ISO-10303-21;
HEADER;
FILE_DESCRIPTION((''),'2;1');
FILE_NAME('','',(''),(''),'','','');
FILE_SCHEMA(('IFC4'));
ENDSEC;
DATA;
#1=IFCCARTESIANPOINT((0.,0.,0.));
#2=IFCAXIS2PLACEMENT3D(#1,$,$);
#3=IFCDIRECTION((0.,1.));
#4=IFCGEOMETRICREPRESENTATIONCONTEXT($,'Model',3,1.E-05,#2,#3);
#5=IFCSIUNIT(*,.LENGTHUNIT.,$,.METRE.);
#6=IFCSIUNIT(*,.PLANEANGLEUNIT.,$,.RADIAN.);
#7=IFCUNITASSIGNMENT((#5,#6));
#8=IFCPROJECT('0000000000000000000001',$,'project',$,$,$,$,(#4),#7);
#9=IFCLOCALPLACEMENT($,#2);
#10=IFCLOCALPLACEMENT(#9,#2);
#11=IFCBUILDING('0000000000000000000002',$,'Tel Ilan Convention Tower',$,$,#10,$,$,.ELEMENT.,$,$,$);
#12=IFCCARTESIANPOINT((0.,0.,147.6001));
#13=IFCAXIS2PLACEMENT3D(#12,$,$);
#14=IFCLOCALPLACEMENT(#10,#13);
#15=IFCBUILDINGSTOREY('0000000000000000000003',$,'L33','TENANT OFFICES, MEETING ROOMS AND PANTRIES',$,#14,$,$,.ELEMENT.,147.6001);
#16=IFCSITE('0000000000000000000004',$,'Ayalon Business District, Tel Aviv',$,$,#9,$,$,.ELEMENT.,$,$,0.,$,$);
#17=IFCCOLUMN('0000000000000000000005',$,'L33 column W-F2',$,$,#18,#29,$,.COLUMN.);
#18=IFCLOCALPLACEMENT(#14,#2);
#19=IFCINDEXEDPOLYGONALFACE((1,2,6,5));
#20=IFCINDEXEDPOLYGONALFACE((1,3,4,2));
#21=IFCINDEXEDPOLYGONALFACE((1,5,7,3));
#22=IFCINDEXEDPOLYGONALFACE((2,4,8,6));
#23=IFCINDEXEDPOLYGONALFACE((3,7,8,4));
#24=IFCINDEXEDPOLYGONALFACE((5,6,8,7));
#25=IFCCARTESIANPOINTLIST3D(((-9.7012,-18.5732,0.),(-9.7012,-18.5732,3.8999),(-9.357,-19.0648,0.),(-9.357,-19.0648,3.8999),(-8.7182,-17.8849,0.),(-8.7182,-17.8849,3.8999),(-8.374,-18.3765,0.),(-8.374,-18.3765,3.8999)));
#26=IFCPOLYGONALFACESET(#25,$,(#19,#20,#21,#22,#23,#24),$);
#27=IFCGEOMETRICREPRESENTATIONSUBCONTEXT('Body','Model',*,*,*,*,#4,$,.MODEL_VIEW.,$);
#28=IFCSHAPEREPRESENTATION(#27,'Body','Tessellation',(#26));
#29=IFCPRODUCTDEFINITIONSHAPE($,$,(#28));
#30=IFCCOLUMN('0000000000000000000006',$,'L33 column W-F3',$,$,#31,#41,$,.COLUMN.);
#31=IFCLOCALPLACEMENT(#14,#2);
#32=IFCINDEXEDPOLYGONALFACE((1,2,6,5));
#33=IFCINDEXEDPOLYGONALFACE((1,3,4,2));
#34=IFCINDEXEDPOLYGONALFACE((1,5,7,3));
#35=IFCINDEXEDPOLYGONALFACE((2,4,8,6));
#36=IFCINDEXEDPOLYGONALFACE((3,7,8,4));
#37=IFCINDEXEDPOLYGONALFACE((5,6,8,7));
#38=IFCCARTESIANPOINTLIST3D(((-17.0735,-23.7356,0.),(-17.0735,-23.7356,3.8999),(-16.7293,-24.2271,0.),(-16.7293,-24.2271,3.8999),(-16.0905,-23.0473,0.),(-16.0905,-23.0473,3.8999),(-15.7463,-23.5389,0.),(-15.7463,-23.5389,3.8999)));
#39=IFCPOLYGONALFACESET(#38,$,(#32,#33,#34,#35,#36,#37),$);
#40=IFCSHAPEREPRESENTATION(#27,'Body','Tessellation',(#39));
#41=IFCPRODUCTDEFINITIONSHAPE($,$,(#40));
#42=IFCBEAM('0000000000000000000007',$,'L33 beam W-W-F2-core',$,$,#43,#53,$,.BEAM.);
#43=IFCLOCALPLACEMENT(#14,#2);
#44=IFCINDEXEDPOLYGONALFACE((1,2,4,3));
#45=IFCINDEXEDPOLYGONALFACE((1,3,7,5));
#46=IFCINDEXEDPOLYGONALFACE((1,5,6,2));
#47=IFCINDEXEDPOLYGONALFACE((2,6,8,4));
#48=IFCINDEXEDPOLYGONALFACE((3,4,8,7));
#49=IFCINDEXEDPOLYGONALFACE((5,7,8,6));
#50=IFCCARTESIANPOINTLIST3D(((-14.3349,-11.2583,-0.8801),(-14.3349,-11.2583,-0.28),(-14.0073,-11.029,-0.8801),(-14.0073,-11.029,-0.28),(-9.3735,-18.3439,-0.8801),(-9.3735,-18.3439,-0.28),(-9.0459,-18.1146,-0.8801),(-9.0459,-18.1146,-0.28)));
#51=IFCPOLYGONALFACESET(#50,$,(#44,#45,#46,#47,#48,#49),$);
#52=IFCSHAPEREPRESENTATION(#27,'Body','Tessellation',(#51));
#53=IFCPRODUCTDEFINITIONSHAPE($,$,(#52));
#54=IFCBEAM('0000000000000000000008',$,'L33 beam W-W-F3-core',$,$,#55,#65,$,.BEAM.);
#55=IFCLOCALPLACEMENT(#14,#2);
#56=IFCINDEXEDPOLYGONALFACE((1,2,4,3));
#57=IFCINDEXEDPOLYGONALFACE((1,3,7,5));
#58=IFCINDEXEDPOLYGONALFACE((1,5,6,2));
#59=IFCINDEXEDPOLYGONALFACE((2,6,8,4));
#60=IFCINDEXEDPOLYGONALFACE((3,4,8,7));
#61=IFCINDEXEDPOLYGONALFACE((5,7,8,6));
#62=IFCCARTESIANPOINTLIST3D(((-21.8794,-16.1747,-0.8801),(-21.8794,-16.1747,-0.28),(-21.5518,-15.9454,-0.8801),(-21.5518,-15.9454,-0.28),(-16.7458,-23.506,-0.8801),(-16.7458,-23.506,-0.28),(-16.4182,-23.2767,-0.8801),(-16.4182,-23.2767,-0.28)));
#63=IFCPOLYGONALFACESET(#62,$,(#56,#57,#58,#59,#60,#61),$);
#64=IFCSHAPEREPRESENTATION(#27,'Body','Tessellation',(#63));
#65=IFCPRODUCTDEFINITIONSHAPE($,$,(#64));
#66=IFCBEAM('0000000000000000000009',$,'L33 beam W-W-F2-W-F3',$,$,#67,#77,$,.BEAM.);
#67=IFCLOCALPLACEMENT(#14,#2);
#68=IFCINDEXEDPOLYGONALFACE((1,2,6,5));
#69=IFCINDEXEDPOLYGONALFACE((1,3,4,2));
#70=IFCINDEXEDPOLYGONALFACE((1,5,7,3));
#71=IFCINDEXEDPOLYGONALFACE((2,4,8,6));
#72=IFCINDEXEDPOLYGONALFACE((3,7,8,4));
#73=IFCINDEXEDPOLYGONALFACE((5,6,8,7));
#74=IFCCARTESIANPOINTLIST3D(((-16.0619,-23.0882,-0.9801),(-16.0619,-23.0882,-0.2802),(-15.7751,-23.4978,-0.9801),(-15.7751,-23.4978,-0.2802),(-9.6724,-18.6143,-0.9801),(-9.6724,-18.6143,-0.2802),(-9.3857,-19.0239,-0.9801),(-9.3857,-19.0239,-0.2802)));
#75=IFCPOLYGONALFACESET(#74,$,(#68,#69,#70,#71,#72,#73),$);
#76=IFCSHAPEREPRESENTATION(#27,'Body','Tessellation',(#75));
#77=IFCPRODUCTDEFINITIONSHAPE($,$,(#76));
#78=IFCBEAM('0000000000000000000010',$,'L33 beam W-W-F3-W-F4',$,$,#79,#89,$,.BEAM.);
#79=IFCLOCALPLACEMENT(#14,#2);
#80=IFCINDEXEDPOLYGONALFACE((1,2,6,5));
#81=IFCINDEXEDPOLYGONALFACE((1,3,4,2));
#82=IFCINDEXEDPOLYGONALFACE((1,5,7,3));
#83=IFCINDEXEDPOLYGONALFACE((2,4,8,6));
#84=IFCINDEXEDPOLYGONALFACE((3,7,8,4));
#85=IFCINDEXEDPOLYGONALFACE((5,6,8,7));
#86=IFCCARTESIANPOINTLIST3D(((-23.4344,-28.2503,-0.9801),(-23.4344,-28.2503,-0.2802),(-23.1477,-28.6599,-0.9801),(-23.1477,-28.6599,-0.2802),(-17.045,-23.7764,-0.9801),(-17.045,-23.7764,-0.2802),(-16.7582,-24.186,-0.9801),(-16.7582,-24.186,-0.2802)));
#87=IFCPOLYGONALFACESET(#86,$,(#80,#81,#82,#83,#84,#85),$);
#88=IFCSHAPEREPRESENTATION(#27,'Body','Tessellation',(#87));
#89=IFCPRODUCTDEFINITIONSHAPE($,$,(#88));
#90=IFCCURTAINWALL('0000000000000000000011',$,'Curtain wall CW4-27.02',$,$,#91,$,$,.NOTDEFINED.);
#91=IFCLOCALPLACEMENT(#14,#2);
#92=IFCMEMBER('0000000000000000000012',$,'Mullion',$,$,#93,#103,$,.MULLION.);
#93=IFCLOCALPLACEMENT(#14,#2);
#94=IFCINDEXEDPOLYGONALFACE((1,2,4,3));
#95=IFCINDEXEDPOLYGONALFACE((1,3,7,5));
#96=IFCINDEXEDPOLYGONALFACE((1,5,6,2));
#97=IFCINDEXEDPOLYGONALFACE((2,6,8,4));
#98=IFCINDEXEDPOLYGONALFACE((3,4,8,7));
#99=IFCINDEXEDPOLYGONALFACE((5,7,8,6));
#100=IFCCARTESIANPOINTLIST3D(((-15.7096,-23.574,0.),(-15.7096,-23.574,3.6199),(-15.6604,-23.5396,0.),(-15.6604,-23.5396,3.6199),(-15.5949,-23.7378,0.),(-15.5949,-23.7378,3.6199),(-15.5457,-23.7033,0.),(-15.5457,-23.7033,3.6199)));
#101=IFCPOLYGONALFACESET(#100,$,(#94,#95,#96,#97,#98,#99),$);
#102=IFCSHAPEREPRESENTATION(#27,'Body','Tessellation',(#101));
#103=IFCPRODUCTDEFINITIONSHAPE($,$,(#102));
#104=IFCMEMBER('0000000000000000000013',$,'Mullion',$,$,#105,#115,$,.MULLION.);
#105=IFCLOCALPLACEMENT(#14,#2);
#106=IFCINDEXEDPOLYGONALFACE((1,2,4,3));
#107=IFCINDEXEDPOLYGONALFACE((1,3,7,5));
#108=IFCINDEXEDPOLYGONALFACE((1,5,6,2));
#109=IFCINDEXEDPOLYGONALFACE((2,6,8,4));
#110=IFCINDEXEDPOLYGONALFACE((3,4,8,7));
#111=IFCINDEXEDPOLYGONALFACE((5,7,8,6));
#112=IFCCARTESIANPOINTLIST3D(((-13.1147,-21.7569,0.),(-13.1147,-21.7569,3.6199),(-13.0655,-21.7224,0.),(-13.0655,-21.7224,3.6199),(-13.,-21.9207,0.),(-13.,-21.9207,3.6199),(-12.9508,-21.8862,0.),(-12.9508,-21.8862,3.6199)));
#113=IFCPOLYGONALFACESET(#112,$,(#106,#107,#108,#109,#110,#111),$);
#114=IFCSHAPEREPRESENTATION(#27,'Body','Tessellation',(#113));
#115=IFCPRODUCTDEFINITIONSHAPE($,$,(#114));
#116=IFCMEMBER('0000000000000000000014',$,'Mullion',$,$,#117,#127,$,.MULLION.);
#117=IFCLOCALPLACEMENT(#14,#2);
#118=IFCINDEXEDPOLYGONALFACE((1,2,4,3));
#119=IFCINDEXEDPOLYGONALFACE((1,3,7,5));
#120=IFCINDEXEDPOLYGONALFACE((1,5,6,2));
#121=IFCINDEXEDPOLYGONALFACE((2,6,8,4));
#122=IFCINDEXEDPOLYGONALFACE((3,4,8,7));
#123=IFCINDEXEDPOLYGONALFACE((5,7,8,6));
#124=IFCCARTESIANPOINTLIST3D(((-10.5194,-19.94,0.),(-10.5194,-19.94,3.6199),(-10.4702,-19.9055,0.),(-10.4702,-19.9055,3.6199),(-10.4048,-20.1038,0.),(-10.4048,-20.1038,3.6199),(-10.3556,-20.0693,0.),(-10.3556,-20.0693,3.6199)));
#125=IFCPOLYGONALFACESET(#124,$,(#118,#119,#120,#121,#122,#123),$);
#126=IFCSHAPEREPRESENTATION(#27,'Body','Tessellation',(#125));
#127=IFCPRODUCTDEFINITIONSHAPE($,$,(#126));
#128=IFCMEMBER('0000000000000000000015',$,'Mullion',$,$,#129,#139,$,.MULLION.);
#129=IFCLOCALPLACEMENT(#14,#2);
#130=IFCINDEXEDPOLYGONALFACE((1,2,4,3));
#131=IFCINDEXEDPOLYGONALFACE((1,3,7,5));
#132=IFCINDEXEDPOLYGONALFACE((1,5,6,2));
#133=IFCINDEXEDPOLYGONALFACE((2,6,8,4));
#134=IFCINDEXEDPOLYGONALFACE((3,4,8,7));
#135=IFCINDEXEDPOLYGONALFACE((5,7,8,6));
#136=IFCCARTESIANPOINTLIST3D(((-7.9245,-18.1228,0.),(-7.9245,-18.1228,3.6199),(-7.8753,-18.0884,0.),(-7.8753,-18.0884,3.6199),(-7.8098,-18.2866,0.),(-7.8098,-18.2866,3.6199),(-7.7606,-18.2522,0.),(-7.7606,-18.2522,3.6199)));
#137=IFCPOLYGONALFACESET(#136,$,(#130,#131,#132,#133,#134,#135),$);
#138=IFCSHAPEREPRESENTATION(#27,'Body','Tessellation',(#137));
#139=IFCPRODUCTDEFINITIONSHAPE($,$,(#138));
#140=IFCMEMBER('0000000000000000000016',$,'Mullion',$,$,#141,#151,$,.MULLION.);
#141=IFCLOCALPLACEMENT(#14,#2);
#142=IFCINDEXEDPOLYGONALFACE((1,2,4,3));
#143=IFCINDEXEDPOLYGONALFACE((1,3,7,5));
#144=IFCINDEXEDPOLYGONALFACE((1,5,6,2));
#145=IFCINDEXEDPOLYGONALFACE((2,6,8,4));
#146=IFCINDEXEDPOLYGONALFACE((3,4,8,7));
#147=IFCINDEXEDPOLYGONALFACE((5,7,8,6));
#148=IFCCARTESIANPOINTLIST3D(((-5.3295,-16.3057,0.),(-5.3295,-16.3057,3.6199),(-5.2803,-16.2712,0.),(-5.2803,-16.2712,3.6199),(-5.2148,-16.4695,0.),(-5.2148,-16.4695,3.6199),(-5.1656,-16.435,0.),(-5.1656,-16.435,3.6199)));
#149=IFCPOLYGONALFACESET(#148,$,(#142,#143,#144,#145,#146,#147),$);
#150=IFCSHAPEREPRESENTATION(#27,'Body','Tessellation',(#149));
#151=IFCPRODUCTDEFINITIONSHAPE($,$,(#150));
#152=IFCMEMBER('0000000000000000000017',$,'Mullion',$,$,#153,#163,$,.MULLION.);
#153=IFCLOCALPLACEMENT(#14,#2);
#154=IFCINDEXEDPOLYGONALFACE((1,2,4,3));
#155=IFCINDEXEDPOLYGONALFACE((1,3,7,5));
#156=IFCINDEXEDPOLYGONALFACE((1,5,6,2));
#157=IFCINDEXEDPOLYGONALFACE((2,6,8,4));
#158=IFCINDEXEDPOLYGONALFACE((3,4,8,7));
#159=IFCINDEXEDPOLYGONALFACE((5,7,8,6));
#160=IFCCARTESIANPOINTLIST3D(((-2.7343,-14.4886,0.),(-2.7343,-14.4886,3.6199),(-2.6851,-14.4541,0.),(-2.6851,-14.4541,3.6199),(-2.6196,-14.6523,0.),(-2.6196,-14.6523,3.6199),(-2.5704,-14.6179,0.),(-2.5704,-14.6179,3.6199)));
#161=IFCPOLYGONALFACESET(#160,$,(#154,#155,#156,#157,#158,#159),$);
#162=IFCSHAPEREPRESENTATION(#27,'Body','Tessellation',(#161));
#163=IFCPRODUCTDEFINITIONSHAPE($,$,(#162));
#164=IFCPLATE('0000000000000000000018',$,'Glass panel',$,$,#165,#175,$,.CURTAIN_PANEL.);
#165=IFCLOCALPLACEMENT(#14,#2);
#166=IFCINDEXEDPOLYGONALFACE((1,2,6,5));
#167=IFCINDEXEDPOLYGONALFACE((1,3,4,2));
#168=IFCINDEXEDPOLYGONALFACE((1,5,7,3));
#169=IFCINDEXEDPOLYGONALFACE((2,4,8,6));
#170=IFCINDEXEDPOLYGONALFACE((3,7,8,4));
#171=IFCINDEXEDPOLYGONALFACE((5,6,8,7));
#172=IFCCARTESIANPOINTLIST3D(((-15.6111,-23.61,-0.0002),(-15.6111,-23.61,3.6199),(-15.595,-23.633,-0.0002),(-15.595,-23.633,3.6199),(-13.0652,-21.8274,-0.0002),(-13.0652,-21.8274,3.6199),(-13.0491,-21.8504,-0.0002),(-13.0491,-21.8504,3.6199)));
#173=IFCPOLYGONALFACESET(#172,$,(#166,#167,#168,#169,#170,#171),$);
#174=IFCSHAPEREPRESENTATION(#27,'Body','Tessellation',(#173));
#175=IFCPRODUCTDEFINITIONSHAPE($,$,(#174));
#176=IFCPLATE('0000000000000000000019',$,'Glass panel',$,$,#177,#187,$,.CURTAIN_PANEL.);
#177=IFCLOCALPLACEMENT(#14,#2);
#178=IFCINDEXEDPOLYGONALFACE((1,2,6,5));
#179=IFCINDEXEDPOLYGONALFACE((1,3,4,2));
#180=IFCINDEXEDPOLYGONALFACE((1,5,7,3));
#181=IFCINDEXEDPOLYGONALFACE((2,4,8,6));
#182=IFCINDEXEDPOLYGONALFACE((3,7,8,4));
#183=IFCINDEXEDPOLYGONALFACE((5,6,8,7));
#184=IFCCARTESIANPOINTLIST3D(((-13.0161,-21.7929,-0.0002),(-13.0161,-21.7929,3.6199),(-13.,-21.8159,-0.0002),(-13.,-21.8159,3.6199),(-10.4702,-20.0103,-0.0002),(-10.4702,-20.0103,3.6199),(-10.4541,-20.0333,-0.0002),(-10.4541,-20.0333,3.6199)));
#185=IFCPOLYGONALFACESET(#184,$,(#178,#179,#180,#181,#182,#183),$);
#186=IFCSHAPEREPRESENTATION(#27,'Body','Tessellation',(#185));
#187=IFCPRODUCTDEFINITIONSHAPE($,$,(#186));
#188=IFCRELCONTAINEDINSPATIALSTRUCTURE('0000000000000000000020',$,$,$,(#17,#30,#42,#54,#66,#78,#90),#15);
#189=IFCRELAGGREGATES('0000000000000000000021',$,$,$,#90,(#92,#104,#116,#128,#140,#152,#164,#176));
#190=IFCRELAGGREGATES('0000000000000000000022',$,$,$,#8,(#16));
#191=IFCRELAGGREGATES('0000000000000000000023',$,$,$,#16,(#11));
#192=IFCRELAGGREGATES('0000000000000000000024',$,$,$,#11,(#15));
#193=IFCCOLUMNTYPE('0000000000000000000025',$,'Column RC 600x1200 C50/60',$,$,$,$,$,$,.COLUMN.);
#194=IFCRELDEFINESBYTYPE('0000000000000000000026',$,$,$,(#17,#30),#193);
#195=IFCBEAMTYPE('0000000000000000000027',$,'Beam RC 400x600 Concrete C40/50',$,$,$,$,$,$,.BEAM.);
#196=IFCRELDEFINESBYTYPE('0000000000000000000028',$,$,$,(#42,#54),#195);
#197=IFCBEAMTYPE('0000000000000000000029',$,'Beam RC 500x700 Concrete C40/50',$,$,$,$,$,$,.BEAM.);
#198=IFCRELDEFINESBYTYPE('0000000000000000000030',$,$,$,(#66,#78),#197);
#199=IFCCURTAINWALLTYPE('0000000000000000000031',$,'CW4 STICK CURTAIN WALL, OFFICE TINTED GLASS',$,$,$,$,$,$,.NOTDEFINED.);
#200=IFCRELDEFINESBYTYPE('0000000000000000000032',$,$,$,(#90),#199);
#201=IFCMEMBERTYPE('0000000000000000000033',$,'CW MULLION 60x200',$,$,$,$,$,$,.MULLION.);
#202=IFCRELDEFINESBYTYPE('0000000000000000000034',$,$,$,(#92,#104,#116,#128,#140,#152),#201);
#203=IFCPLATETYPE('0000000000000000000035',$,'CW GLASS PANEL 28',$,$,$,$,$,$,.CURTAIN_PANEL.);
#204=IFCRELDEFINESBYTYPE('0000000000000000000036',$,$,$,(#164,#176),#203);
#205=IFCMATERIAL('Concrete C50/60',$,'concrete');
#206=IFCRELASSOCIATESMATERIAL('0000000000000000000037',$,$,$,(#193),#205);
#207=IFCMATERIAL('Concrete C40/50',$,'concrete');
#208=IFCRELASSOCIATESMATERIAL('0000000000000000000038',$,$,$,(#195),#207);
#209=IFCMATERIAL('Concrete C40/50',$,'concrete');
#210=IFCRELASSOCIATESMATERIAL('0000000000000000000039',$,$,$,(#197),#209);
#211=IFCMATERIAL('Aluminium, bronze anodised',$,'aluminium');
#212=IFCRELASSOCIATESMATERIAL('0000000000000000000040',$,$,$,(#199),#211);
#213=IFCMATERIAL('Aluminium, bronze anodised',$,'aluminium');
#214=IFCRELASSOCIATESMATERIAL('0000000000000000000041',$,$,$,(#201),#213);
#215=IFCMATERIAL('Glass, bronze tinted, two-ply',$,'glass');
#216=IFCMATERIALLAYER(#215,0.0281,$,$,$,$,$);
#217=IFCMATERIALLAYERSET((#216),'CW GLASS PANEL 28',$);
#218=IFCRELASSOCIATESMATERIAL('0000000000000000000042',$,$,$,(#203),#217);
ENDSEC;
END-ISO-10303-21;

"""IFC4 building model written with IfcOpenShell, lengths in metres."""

from ifc_helpers import new_model, si_unit, direction, frame, origin, origin_2d, place, context, subcontext, project, spatial, rectangle, extrude, material, layer, layer_set, material_profile, profile_set, type_object, element, aggregate, save


model = new_model("IFC4")

# Units and contexts
model_context = context("Model", 3, precision=1e-05, world=origin(), true_north=direction((0.0, 1.0)))
body_context = subcontext(model_context, "Body", "Model", "MODEL_VIEW")
ifc_project = project(units=[si_unit("LENGTHUNIT", "METRE"), si_unit("PLANEANGLEUNIT", "RADIAN")], contexts=[model_context])

# Site, building, storey
site_placement = place(None, origin())
site = spatial("IfcSite", under=ifc_project, at=site_placement, Name="Ayalon Business District, Tel Aviv", CompositionType="ELEMENT", RefElevation=0.0)
building_placement = place(site_placement, origin())
building = spatial("IfcBuilding", under=site, at=building_placement, Name="Tel Ilan Convention Tower", CompositionType="ELEMENT")
storey_placement = place(building_placement, frame((0.0, 0.0, 147.6001)))
storey = spatial("IfcBuildingStorey", under=building, at=storey_placement, Name="L33", Description="TENANT OFFICES, MEETING ROOMS AND PANTRIES", CompositionType="ELEMENT", Elevation=147.6001)

# Columns
ifc_material_1 = material(Name="Concrete C50/60", Category="concrete")
ifc_material_profile_1 = material_profile(ifc_material_1, rectangle(XDim=1.2, YDim=0.6001, at=origin_2d()), Name="RC 600x1200")
ifc_profile_set_1 = profile_set([ifc_material_profile_1], Name="Concrete C50/60")
column_type = type_object("IfcColumnType", Name="Column RC 600x1200 C50/60", PredefinedType="COLUMN", material=ifc_profile_set_1)
for number, where, z_axis, x_axis, name in (
    (1, (-9.0376, -18.4749, 0.0), (0.0, 0.0, 1.0), (-0.819152, -0.573576, 0.0), "L33 column W-F2"),
    (2, (-16.4099, -23.6372, 0.0), (0.0, 0.0, 1.0), (-0.819152, -0.573576, 0.0), "L33 column W-F3"),
):
    element("IfcColumn", number, at=place(storey_placement, frame(where, z_axis=z_axis, x_axis=x_axis)), inside=storey, type_object=column_type, Name=name, PredefinedType="COLUMN", context=body_context, shape_type="SweptSolid", body=[
        extrude(rectangle(XDim=1.2, YDim=0.6001, at=origin_2d()), origin(), (0.0, 0.0, 1.0), 3.8999),
    ])

# Beams
ifc_material_2 = material(Name="Concrete C40/50", Category="concrete")
ifc_material_profile_2 = material_profile(ifc_material_2, rectangle(XDim=0.3999, YDim=0.6001, at=origin_2d()), Name="RC 400x600")
ifc_profile_set_2 = profile_set([ifc_material_profile_2], Name="Concrete C40/50")
beam_type_1 = type_object("IfcBeamType", Name="Beam RC 400x600 Concrete C40/50", PredefinedType="BEAM", material=ifc_profile_set_2)
beam_1_placement = place(storey_placement, frame((-9.2097, -18.2292, -0.5801), z_axis=(-0.573574, 0.819154, 0.0), x_axis=(-0.819154, -0.573574, 0.0)))
element("IfcBeam", 3, at=beam_1_placement, inside=storey, type_object=beam_type_1, Name="L33 beam W-W-F2-core", PredefinedType="BEAM", context=body_context, shape_type="SweptSolid", body=[
    extrude(rectangle(XDim=0.3999, YDim=0.6001, at=origin_2d()), origin(), (0.0, 0.0, 1.0), 8.6499),
])
beam_2_placement = place(storey_placement, frame((-16.582, -23.3914, -0.5801), z_axis=(-0.573585, 0.819146, 0.0), x_axis=(-0.819146, -0.573585, 0.0)))
element("IfcBeam", 4, at=beam_2_placement, inside=storey, type_object=beam_type_1, Name="L33 beam W-W-F3-core", PredefinedType="BEAM", context=body_context, shape_type="SweptSolid", body=[
    extrude(rectangle(XDim=0.3999, YDim=0.6001, at=origin_2d()), origin(), (0.0, 0.0, 1.0), 8.95),
])
ifc_material_3 = material(Name="Concrete C40/50", Category="concrete")
ifc_material_profile_3 = material_profile(ifc_material_3, rectangle(XDim=0.5, YDim=0.7, at=origin_2d()), Name="RC 500x700")
ifc_profile_set_3 = profile_set([ifc_material_profile_3], Name="Concrete C40/50")
beam_type_2 = type_object("IfcBeamType", Name="Beam RC 500x700 Concrete C40/50", PredefinedType="BEAM", material=ifc_profile_set_3)
for number, where, z_axis, x_axis, name in (
    (5, (-9.5291, -18.8191, -0.6301), (-0.819154, -0.573574, 0.0), (0.573574, -0.819154, 0.0), "L33 beam W-W-F2-W-F3"),
    (6, (-16.9016, -23.9812, -0.6301), (-0.819154, -0.573574, 0.0), (0.573574, -0.819154, 0.0), "L33 beam W-W-F3-W-F4"),
):
    element("IfcBeam", number, at=place(storey_placement, frame(where, z_axis=z_axis, x_axis=x_axis)), inside=storey, type_object=beam_type_2, Name=name, PredefinedType="BEAM", context=body_context, shape_type="SweptSolid", body=[
        extrude(rectangle(XDim=0.5, YDim=0.7, at=origin_2d()), origin(), (0.0, 0.0, 1.0), 7.8),
    ])

# Curtain wall, members, plates
ifc_material_4 = material(Name="Aluminium, bronze anodised", Category="aluminium")
curtain_wall_type = type_object("IfcCurtainWallType", Name="CW4 STICK CURTAIN WALL, OFFICE TINTED GLASS", PredefinedType="NOTDEFINED", material=ifc_material_4)
curtain_wall_placement = place(storey_placement, origin())
curtain_wall = element("IfcCurtainWall", 7, at=curtain_wall_placement, inside=storey, type_object=curtain_wall_type, Name="Curtain wall CW4-27.02", PredefinedType="NOTDEFINED")
ifc_material_5 = material(Name="Aluminium, bronze anodised", Category="aluminium")
ifc_material_profile_4 = material_profile(ifc_material_5, rectangle(XDim=0.0601, YDim=0.2, at=origin_2d()), Name="CW MULLION 60x200")
ifc_profile_set_4 = profile_set([ifc_material_profile_4], Name="Aluminium, bronze anodised")
member_type = type_object("IfcMemberType", Name="CW MULLION 60x200", PredefinedType="MULLION", material=ifc_profile_set_4)
member_1_placement = place(storey_placement, frame((-15.6277, -23.6387, 0.0), z_axis=(0.0, 0.0, 1.0), x_axis=(0.819152, 0.573576, 0.0)))
member_1 = element("IfcMember", 8, at=member_1_placement, type_object=member_type, Name="Mullion", PredefinedType="MULLION", context=body_context, shape_type="SweptSolid", body=[
    extrude(rectangle(XDim=0.0601, YDim=0.2, at=origin_2d()), origin(), (0.0, 0.0, 1.0), 3.6199),
])
member_2_placement = place(storey_placement, frame((-13.0327, -21.8215, 0.0), z_axis=(0.0, 0.0, 1.0), x_axis=(0.819152, 0.573576, 0.0)))
member_2 = element("IfcMember", 9, at=member_2_placement, type_object=member_type, Name="Mullion", PredefinedType="MULLION", context=body_context, shape_type="SweptSolid", body=[
    extrude(rectangle(XDim=0.0601, YDim=0.2, at=origin_2d()), origin(), (0.0, 0.0, 1.0), 3.6199),
])
member_3_placement = place(storey_placement, frame((-10.4375, -20.0046, 0.0), z_axis=(0.0, 0.0, 1.0), x_axis=(0.819152, 0.573576, 0.0)))
member_3 = element("IfcMember", 10, at=member_3_placement, type_object=member_type, Name="Mullion", PredefinedType="MULLION", context=body_context, shape_type="SweptSolid", body=[
    extrude(rectangle(XDim=0.0601, YDim=0.2, at=origin_2d()), origin(), (0.0, 0.0, 1.0), 3.6199),
])
member_4_placement = place(storey_placement, frame((-7.8425, -18.1875, 0.0), z_axis=(0.0, 0.0, 1.0), x_axis=(0.819152, 0.573576, 0.0)))
member_4 = element("IfcMember", 11, at=member_4_placement, type_object=member_type, Name="Mullion", PredefinedType="MULLION", context=body_context, shape_type="SweptSolid", body=[
    extrude(rectangle(XDim=0.0601, YDim=0.2, at=origin_2d()), origin(), (0.0, 0.0, 1.0), 3.6199),
])
member_5_placement = place(storey_placement, frame((-5.2476, -16.3704, 0.0), z_axis=(0.0, 0.0, 1.0), x_axis=(0.819152, 0.573576, 0.0)))
member_5 = element("IfcMember", 12, at=member_5_placement, type_object=member_type, Name="Mullion", PredefinedType="MULLION", context=body_context, shape_type="SweptSolid", body=[
    extrude(rectangle(XDim=0.0601, YDim=0.2, at=origin_2d()), origin(), (0.0, 0.0, 1.0), 3.6199),
])
member_6_placement = place(storey_placement, frame((-2.6523, -14.5532, 0.0), z_axis=(0.0, 0.0, 1.0), x_axis=(0.819152, 0.573576, 0.0)))
member_6 = element("IfcMember", 13, at=member_6_placement, type_object=member_type, Name="Mullion", PredefinedType="MULLION", context=body_context, shape_type="SweptSolid", body=[
    extrude(rectangle(XDim=0.0601, YDim=0.2, at=origin_2d()), origin(), (0.0, 0.0, 1.0), 3.6199),
])
ifc_material_6 = material(Name="Glass, bronze tinted, two-ply", Category="glass")
ifc_layer_1 = layer(ifc_material_6, 0.0281)
ifc_layer_set_1 = layer_set([ifc_layer_1], Name="CW GLASS PANEL 28")
plate_type = type_object("IfcPlateType", Name="CW GLASS PANEL 28", PredefinedType="CURTAIN_PANEL", material=ifc_layer_set_1)
plate_1_placement = place(storey_placement, frame((-14.3301, -22.7302, -0.0002), z_axis=(0.0, 0.0, 1.0), x_axis=(0.819152, 0.573576, 0.0)))
plate_1 = element("IfcPlate", 14, at=plate_1_placement, type_object=plate_type, Name="Glass panel", PredefinedType="CURTAIN_PANEL", context=body_context, shape_type="SweptSolid", body=[
    extrude(rectangle(XDim=3.1079, YDim=0.0281, at=origin_2d()), origin(), (0.0, 0.0, 1.0), 3.6201),
])
plate_2_placement = place(storey_placement, frame((-11.7351, -20.9131, -0.0002), z_axis=(0.0, 0.0, 1.0), x_axis=(0.819152, 0.573576, 0.0)))
plate_2 = element("IfcPlate", 15, at=plate_2_placement, type_object=plate_type, Name="Glass panel", PredefinedType="CURTAIN_PANEL", context=body_context, shape_type="SweptSolid", body=[
    extrude(rectangle(XDim=3.1079, YDim=0.0281, at=origin_2d()), origin(), (0.0, 0.0, 1.0), 3.6201),
])
aggregate(curtain_wall, [member_1, member_2, member_3, member_4, member_5, member_6, plate_1, plate_2])

save(model, "model.ifc")
